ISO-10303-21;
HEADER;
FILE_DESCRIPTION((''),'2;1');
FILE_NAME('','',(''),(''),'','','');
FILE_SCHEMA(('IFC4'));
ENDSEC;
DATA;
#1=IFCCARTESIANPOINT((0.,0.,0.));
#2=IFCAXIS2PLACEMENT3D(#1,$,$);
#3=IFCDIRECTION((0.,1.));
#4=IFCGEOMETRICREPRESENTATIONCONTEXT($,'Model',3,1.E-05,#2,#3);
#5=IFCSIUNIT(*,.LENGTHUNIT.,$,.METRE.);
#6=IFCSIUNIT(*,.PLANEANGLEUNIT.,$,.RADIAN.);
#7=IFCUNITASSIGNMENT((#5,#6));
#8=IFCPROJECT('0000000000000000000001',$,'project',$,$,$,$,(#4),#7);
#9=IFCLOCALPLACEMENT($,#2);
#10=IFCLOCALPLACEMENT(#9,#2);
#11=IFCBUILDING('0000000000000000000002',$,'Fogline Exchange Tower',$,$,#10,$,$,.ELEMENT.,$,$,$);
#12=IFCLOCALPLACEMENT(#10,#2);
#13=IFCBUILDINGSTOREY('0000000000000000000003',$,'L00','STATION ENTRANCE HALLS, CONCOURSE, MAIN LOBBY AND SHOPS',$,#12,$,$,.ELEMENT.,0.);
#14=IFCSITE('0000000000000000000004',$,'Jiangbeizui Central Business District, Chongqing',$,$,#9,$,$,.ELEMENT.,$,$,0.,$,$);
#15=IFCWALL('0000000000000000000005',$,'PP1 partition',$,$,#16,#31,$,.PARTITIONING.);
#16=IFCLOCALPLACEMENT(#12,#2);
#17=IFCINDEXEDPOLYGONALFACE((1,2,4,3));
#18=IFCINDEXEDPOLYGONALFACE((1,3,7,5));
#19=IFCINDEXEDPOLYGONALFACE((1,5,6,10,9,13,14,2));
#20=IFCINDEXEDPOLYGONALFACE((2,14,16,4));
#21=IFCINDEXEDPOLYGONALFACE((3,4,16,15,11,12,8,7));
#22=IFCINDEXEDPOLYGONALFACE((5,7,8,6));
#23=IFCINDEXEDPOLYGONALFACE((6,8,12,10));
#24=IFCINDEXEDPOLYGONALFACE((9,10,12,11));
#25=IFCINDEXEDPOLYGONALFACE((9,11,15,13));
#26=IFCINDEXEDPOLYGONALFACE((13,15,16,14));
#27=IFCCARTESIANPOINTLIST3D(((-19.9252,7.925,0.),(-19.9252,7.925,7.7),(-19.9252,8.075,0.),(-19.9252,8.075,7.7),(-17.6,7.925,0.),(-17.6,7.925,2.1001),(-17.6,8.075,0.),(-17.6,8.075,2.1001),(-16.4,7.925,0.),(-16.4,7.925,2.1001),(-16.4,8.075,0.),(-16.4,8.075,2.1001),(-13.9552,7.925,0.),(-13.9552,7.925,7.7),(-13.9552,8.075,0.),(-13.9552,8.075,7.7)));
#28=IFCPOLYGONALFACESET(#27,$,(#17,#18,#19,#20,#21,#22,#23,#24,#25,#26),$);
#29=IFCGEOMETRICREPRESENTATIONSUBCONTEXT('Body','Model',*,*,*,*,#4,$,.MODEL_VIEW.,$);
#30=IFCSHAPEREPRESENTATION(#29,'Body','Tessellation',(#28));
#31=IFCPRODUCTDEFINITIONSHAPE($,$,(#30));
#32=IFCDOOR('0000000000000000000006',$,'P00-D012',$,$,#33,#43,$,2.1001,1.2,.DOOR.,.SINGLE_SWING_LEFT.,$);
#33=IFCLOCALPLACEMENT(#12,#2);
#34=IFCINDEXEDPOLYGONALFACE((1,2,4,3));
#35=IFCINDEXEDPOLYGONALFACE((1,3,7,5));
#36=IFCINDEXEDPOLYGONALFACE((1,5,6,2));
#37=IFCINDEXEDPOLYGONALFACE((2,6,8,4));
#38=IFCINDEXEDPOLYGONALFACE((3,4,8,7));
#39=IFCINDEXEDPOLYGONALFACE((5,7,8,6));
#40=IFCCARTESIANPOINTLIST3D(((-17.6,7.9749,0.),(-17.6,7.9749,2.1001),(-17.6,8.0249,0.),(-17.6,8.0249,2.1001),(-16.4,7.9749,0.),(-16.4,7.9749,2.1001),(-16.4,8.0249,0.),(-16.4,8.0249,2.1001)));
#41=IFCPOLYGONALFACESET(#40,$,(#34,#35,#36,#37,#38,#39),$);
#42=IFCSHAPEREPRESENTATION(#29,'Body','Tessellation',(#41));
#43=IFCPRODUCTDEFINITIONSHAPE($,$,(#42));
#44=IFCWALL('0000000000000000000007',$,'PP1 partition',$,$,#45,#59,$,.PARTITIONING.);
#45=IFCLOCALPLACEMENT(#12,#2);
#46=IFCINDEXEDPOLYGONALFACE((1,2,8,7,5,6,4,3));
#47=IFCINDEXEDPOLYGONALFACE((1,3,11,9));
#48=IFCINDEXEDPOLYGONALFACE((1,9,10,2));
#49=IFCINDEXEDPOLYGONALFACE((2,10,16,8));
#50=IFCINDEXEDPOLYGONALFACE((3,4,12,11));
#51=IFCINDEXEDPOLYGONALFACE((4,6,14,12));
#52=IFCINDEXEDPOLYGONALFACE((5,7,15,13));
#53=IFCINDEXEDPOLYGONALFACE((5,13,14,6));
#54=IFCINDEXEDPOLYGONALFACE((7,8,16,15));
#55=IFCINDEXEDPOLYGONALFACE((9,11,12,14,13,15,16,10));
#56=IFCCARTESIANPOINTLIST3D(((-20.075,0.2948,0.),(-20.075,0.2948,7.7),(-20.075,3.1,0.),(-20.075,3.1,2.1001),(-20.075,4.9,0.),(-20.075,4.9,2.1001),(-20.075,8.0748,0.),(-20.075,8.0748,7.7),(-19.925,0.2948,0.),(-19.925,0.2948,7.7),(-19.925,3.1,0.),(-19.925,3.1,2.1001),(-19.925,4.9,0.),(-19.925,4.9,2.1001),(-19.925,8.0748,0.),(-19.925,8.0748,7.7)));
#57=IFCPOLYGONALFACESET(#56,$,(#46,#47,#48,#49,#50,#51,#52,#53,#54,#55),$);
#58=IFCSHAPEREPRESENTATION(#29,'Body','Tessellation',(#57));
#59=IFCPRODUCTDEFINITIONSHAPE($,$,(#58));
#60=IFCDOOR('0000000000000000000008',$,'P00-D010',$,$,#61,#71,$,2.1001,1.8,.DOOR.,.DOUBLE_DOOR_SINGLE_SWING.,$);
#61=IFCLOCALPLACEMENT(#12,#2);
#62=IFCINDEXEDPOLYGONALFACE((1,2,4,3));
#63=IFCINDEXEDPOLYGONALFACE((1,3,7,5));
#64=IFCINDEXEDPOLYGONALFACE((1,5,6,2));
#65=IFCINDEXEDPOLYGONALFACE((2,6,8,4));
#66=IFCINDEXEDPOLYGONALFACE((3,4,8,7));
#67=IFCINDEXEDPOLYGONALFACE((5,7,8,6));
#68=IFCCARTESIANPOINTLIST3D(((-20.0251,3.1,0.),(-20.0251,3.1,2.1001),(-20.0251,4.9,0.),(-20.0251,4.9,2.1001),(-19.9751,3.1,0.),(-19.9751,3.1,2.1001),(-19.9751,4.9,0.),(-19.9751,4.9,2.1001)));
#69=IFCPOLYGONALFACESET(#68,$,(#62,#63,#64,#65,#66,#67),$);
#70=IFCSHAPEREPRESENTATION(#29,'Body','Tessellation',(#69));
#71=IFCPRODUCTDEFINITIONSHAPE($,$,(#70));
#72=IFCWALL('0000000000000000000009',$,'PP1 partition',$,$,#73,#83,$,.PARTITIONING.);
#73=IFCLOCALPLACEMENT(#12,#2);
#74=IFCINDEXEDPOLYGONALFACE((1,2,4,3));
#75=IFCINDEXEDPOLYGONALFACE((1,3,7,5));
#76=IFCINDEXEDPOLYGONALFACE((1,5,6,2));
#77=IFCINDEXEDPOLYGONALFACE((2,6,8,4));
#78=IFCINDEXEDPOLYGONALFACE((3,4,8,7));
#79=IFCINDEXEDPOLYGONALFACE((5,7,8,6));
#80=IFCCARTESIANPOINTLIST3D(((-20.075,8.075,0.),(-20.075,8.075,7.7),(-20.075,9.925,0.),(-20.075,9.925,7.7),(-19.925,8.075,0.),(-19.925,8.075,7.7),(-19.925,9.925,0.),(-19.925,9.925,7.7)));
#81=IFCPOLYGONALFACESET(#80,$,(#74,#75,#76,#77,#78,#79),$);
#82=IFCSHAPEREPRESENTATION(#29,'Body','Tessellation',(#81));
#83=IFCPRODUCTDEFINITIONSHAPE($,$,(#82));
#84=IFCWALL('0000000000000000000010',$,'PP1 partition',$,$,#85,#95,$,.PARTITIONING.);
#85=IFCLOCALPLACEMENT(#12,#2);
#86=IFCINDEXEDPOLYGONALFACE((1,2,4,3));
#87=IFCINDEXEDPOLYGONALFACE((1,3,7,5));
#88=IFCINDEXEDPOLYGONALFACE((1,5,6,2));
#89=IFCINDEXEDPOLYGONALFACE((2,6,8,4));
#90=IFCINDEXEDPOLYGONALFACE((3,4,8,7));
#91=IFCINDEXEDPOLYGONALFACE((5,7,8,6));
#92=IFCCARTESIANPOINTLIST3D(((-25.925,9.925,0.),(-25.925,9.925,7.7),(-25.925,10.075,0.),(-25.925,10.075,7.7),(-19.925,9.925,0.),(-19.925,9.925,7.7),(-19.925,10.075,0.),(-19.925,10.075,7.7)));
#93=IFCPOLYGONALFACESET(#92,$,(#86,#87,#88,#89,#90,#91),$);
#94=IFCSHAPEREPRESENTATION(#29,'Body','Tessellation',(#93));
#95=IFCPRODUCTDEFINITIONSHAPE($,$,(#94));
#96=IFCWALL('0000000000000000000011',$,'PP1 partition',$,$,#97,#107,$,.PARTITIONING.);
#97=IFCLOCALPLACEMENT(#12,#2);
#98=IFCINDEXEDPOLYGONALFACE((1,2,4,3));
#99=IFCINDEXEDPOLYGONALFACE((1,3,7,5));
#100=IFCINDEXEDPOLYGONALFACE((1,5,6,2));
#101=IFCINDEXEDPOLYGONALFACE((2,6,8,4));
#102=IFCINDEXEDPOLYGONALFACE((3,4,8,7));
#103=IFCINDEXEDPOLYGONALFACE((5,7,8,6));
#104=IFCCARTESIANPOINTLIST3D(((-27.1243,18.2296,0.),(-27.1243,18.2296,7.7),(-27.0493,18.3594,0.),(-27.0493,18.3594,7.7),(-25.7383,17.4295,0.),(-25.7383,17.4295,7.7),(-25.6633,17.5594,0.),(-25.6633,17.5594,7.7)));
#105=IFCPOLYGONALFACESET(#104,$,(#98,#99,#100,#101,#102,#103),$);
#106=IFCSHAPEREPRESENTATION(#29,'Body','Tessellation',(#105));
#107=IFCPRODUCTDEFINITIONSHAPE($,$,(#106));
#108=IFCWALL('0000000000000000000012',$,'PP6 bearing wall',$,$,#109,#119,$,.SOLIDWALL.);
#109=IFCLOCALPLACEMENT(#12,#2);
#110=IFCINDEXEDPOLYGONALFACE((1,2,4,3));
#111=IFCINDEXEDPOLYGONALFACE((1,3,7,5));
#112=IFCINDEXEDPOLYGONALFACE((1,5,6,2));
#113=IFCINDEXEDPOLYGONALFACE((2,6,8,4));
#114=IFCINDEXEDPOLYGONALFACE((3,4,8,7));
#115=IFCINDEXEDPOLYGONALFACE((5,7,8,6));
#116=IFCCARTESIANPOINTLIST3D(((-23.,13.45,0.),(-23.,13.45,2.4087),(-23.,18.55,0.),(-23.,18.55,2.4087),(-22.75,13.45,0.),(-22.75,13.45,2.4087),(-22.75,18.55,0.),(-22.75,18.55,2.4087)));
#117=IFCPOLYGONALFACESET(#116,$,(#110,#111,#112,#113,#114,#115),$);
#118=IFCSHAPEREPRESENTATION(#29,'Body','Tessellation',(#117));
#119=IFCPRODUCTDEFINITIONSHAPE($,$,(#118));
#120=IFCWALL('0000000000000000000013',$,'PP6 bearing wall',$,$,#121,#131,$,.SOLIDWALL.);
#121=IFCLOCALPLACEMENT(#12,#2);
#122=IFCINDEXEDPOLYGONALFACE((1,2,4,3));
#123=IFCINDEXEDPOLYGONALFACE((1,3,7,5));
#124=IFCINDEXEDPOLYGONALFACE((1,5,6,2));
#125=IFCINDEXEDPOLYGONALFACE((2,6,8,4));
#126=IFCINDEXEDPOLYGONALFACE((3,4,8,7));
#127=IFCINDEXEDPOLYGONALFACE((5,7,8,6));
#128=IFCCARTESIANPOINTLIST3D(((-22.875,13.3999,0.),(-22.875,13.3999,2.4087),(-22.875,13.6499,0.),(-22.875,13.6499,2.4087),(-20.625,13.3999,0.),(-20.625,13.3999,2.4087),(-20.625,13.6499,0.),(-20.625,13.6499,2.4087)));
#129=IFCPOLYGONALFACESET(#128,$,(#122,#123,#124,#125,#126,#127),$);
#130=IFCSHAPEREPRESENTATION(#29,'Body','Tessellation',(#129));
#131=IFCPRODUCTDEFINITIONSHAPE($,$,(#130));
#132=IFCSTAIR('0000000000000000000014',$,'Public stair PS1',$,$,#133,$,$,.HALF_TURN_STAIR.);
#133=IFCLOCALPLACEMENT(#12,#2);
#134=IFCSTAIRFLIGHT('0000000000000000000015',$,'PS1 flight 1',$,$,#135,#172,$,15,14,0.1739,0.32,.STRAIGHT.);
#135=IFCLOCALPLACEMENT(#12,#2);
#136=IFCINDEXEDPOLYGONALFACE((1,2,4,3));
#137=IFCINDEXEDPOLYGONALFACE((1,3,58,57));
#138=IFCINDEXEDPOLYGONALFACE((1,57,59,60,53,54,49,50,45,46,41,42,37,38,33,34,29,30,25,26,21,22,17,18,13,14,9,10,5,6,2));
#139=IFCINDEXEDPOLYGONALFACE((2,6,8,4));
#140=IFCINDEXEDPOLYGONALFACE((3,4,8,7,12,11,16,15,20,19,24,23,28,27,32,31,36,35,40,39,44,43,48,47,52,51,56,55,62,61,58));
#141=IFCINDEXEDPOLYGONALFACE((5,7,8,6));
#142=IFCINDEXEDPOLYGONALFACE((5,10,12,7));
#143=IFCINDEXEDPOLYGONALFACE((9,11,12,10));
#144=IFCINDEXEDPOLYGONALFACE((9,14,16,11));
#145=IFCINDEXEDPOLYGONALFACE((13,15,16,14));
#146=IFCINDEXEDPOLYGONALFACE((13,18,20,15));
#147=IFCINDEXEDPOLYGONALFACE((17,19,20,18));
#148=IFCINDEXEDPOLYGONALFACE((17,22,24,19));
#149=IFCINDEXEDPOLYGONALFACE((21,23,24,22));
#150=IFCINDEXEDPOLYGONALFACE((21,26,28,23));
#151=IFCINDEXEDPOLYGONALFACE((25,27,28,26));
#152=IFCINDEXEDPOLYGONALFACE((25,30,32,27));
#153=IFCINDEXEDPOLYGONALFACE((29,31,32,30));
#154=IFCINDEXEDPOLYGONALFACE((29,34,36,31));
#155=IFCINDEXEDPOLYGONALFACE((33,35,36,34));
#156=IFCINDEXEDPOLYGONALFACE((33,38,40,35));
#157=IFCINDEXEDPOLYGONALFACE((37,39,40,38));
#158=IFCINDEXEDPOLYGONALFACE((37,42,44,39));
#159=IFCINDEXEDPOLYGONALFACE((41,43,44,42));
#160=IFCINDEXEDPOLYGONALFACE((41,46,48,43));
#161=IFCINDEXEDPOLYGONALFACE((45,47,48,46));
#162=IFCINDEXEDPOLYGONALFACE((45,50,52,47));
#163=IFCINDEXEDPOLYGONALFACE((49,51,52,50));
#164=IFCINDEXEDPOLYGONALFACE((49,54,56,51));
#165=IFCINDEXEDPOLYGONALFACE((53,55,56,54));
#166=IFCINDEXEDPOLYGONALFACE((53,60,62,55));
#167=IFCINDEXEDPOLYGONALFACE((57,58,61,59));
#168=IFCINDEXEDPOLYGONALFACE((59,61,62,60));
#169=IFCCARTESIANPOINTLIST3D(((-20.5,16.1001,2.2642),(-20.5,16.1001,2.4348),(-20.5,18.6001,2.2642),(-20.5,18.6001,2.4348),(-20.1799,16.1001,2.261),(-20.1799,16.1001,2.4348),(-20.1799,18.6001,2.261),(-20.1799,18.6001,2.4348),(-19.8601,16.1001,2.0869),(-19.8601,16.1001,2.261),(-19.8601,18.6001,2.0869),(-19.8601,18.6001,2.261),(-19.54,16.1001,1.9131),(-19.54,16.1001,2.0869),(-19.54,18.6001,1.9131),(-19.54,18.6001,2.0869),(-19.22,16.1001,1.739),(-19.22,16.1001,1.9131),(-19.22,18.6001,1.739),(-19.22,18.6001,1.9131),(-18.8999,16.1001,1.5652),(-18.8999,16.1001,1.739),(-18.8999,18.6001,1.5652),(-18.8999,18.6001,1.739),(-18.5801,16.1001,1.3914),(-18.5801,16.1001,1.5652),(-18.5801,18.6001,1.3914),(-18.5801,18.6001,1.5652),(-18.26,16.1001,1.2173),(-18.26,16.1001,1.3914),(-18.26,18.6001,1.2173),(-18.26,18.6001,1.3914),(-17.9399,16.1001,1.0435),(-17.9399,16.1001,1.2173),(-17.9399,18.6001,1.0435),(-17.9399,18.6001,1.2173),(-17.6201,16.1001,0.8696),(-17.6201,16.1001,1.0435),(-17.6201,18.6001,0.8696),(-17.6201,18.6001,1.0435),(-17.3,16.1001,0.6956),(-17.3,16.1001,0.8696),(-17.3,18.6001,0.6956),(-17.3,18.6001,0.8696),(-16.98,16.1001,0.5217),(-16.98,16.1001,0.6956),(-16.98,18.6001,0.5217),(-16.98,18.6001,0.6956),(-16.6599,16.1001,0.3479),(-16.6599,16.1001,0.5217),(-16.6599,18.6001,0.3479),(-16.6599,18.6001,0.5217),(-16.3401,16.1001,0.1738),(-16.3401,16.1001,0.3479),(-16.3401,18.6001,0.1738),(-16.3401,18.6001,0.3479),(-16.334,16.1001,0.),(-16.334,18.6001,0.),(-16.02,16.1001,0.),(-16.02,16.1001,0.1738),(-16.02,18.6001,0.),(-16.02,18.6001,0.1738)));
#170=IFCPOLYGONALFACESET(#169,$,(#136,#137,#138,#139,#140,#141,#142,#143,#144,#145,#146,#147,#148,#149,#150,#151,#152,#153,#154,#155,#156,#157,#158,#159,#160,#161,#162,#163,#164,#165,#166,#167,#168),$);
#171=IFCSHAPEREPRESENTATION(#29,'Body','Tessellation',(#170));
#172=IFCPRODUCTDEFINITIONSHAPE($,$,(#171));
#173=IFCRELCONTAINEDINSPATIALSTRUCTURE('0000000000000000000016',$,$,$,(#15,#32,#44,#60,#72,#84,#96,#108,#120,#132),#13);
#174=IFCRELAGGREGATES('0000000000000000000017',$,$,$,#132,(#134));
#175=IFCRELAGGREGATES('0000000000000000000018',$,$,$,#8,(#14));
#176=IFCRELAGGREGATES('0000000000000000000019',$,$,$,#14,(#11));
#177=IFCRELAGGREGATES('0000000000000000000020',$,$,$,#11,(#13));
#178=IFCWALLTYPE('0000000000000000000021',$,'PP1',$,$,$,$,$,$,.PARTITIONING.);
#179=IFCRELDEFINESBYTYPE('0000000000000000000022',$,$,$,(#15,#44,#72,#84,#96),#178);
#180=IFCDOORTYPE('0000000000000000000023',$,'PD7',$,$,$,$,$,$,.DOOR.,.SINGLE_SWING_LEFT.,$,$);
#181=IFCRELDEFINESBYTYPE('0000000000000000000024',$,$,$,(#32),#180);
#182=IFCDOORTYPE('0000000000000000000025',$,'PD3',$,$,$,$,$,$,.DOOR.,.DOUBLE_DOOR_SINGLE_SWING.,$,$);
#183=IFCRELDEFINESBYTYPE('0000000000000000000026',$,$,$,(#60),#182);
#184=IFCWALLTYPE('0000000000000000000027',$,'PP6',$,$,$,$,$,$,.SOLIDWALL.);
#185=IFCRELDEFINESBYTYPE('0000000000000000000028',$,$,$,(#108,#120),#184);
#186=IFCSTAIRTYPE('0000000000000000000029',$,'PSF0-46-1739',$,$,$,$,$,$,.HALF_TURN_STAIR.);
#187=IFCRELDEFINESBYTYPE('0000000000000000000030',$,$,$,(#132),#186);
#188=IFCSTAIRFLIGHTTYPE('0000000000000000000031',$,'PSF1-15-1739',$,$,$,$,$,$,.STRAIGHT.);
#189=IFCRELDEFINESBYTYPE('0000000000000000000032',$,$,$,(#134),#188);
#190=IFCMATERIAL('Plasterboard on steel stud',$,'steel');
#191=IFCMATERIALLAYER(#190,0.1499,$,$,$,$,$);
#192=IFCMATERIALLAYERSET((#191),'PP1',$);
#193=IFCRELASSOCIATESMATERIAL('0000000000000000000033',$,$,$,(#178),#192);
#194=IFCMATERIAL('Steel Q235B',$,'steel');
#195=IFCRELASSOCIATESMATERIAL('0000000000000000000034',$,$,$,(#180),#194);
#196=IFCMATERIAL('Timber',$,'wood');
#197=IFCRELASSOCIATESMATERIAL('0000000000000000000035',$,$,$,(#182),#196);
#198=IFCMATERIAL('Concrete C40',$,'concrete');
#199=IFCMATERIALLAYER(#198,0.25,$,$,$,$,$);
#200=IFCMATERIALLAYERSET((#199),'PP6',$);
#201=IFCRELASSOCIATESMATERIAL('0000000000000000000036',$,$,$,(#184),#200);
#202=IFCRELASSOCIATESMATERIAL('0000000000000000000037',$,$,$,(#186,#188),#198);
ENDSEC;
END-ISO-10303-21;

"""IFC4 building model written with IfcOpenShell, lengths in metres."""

from ifc_helpers import new_model, si_unit, direction, frame, frame_2d, origin, place, context, subcontext, project, spatial, polyline, rectangle, outline, extrude, material, layer, layer_set, type_object, element, fill, aggregate, save


model = new_model("IFC4")

# Units and contexts
model_context = context("Model", 3, precision=1e-05, world=origin(), true_north=direction((0.0, 1.0)))
body_context = subcontext(model_context, "Body", "Model", "MODEL_VIEW")
ifc_project = project(units=[si_unit("LENGTHUNIT", "METRE"), si_unit("PLANEANGLEUNIT", "RADIAN")], contexts=[model_context])

# Site, building, storey
site_placement = place(None, origin())
site = spatial("IfcSite", under=ifc_project, at=site_placement, Name="Jiangbeizui Central Business District, Chongqing", CompositionType="ELEMENT", RefElevation=0.0)
building_placement = place(site_placement, origin())
building = spatial("IfcBuilding", under=site, at=building_placement, Name="Fogline Exchange Tower", CompositionType="ELEMENT")
storey_placement = place(building_placement, origin())
storey = spatial("IfcBuildingStorey", under=building, at=storey_placement, Name="L00", Description="STATION ENTRANCE HALLS, CONCOURSE, MAIN LOBBY AND SHOPS", CompositionType="ELEMENT", Elevation=0.0)

# Walls, openings, doors
ifc_material_1 = material(Name="Plasterboard on steel stud", Category="steel")
ifc_layer_1 = layer(ifc_material_1, 0.1499)
ifc_layer_set_1 = layer_set([ifc_layer_1], Name="PP1")
wall_type_1 = type_object("IfcWallType", Name="PP1", PredefinedType="PARTITIONING", material=ifc_layer_set_1)
wall_1_placement = place(storey_placement, frame((-19.925, 8.0, 0.0), z_axis=(0.0, 0.0, 1.0), x_axis=(1.0, 0.0, 0.0)))
wall_1 = element("IfcWall", 1, at=wall_1_placement, inside=storey, type_object=wall_type_1, Name="PP1 partition", PredefinedType="PARTITIONING", context=body_context, shape_type="SweptSolid", body=[
    extrude(rectangle(XDim=5.97, YDim=0.1499, at=frame_2d((2.9849, 0.0))), origin(), (0.0, 0.0, 1.0), 7.7),
])
opening_1_placement = place(wall_1_placement, frame((2.325, 0.0, 0.0)))
opening_1 = element("IfcOpeningElement", 2, at=opening_1_placement, cuts=wall_1, PredefinedType="OPENING", context=body_context, shape_type="SweptSolid", body=[
    extrude(rectangle(XDim=1.2, YDim=2.1001, at=frame_2d((0.6001, 1.05))), frame((0.0, 0.085, 0.0), z_axis=(0.0, -1.0, 0.0), x_axis=(1.0, 0.0, 0.0)), (0.0, 0.0, 1.0), 0.1699),
])
ifc_material_2 = material(Name="Steel Q235B", Category="steel")
door_type_1 = type_object("IfcDoorType", Name="PD7", OperationType="SINGLE_SWING_LEFT", PredefinedType="DOOR", material=ifc_material_2)
door_1_placement = place(opening_1_placement, origin())
door_1 = element("IfcDoor", 3, at=door_1_placement, inside=storey, type_object=door_type_1, Name="P00-D012", OperationType="SINGLE_SWING_LEFT", OverallHeight=2.1001, OverallWidth=1.2, PredefinedType="DOOR", context=body_context, shape_type="SweptSolid", body=[
    extrude(rectangle(XDim=1.2, YDim=2.1001, at=frame_2d((0.6001, 1.05))), frame((0.0, 0.0249, 0.0), z_axis=(0.0, -1.0, 0.0), x_axis=(1.0, 0.0, 0.0)), (0.0, 0.0, 1.0), 0.05),
])
fill(opening_1, door_1)
wall_2_placement = place(storey_placement, frame((-20.0, 8.075, 0.0), z_axis=(0.0, 0.0, 1.0), x_axis=(0.0, -1.0, 0.0)))
wall_2 = element("IfcWall", 4, at=wall_2_placement, inside=storey, type_object=wall_type_1, Name="PP1 partition", PredefinedType="PARTITIONING", context=body_context, shape_type="SweptSolid", body=[
    extrude(rectangle(XDim=7.78, YDim=0.1499, at=frame_2d((3.8901, 0.0))), origin(), (0.0, 0.0, 1.0), 7.7),
])
opening_2_placement = place(wall_2_placement, frame((3.175, 0.0, 0.0)))
opening_2 = element("IfcOpeningElement", 5, at=opening_2_placement, cuts=wall_2, PredefinedType="OPENING", context=body_context, shape_type="SweptSolid", body=[
    extrude(rectangle(XDim=1.8, YDim=2.1001, at=frame_2d((0.8999, 1.05))), frame((0.0, 0.085, 0.0), z_axis=(0.0, -1.0, 0.0), x_axis=(1.0, 0.0, 0.0)), (0.0, 0.0, 1.0), 0.1699),
])
ifc_material_3 = material(Name="Timber", Category="wood")
door_type_2 = type_object("IfcDoorType", Name="PD3", OperationType="DOUBLE_DOOR_SINGLE_SWING", PredefinedType="DOOR", material=ifc_material_3)
door_2_placement = place(opening_2_placement, origin())
door_2 = element("IfcDoor", 6, at=door_2_placement, inside=storey, type_object=door_type_2, Name="P00-D010", OperationType="DOUBLE_DOOR_SINGLE_SWING", OverallHeight=2.1001, OverallWidth=1.8, PredefinedType="DOOR", context=body_context, shape_type="SweptSolid", body=[
    extrude(rectangle(XDim=1.8, YDim=2.1001, at=frame_2d((0.8999, 1.05))), frame((0.0, 0.0249, 0.0), z_axis=(0.0, -1.0, 0.0), x_axis=(1.0, 0.0, 0.0)), (0.0, 0.0, 1.0), 0.05),
])
fill(opening_2, door_2)

# Walls
wall_3_placement = place(storey_placement, frame((-20.0, 9.925, 0.0), z_axis=(0.0, 0.0, 1.0), x_axis=(0.0, -1.0, 0.0)))
element("IfcWall", 7, at=wall_3_placement, inside=storey, type_object=wall_type_1, Name="PP1 partition", PredefinedType="PARTITIONING", context=body_context, shape_type="SweptSolid", body=[
    extrude(rectangle(XDim=1.8501, YDim=0.1499, at=frame_2d((0.925, 0.0))), origin(), (0.0, 0.0, 1.0), 7.7),
])
wall_4_placement = place(storey_placement, frame((-25.925, 10.0, 0.0), z_axis=(0.0, 0.0, 1.0), x_axis=(1.0, 0.0, 0.0)))
element("IfcWall", 8, at=wall_4_placement, inside=storey, type_object=wall_type_1, Name="PP1 partition", PredefinedType="PARTITIONING", context=body_context, shape_type="SweptSolid", body=[
    extrude(rectangle(XDim=6.0, YDim=0.1499, at=frame_2d((3.0, 0.0))), origin(), (0.0, 0.0, 1.0), 7.7),
])
wall_5_placement = place(storey_placement, frame((-25.7007, 17.4944, 0.0), z_axis=(0.0, 0.0, 1.0), x_axis=(-0.866066, 0.499929, 0.0)))
element("IfcWall", 9, at=wall_5_placement, inside=storey, type_object=wall_type_1, Name="PP1 partition", PredefinedType="PARTITIONING", context=body_context, shape_type="SweptSolid", body=[
    extrude(rectangle(XDim=1.6003, YDim=0.1499, at=frame_2d((0.8003, 0.0))), origin(), (0.0, 0.0, 1.0), 7.7),
])
ifc_material_4 = material(Name="Concrete C40", Category="concrete")
ifc_layer_2 = layer(ifc_material_4, 0.25)
ifc_layer_set_2 = layer_set([ifc_layer_2], Name="PP6")
wall_type_2 = type_object("IfcWallType", Name="PP6", PredefinedType="SOLIDWALL", material=ifc_layer_set_2)
wall_6_placement = place(storey_placement, frame((-22.875, 13.45, 0.0), z_axis=(0.0, 0.0, 1.0), x_axis=(0.0, 1.0, 0.0)))
element("IfcWall", 10, at=wall_6_placement, inside=storey, type_object=wall_type_2, Name="PP6 bearing wall", PredefinedType="SOLIDWALL", context=body_context, shape_type="SweptSolid", body=[
    extrude(rectangle(XDim=5.1001, YDim=0.25, at=frame_2d((2.55, 0.0))), origin(), (0.0, 0.0, 1.0), 2.4087),
])
wall_7_placement = place(storey_placement, frame((-22.875, 13.5249, 0.0), z_axis=(0.0, 0.0, 1.0), x_axis=(1.0, 0.0, 0.0)))
element("IfcWall", 11, at=wall_7_placement, inside=storey, type_object=wall_type_2, Name="PP6 bearing wall", PredefinedType="SOLIDWALL", context=body_context, shape_type="SweptSolid", body=[
    extrude(rectangle(XDim=2.25, YDim=0.25, at=frame_2d((1.125, 0.0))), origin(), (0.0, 0.0, 1.0), 2.4087),
])

# Stair, stair flight
stair_type = type_object("IfcStairType", Name="PSF0-46-1739", PredefinedType="HALF_TURN_STAIR", material=ifc_material_4)
stair_placement = place(storey_placement, origin())
stair = element("IfcStair", 12, at=stair_placement, inside=storey, type_object=stair_type, Name="Public stair PS1", PredefinedType="HALF_TURN_STAIR")
stair_flight_type_1 = type_object("IfcStairFlightType", Name="PSF1-15-1739", PredefinedType="STRAIGHT", material=ifc_material_4)
stair_flight_1_placement = place(storey_placement, frame((-16.02, 17.3501, 0.0), z_axis=(0.0, 0.0, 1.0), x_axis=(-1.0, 0.0, 0.0)))
stair_flight_1 = element("IfcStairFlight", 13, at=stair_flight_1_placement, type_object=stair_flight_type_1, Name="PS1 flight 1", NumberOfRisers=15, NumberOfTreads=14, PredefinedType="STRAIGHT", RiserHeight=0.1739, TreadLength=0.32, context=body_context, shape_type="SweptSolid", body=[
    extrude(outline(polyline([(0.0, 0.0), (0.0, 0.1738), (0.3201, 0.1738), (0.3201, 0.3479), (0.6399, 0.3479), (0.6399, 0.5217), (0.96, 0.5217), (0.96, 0.6956), (1.28, 0.6956), (1.28, 0.8696), (1.6001, 0.8696), (1.6001, 1.0435), (1.9199, 1.0435), (1.9199, 1.2173), (2.24, 1.2173), (2.24, 1.3914), (2.5601, 1.3914), (2.5601, 1.5652), (2.8799, 1.5652), (2.8799, 1.739), (3.2, 1.739), (3.2, 1.9131), (3.52, 1.9131), (3.52, 2.0869), (3.8401, 2.0869), (3.8401, 2.261), (4.1599, 2.261), (4.1599, 2.4348), (4.48, 2.4348), (4.48, 2.6086), (4.48, 2.2642), (0.314, 0.0), (0.0, 0.0)])), frame((0.0, 1.25, 0.0), z_axis=(0.0, -1.0, 0.0), x_axis=(1.0, 0.0, 0.0)), (0.0, 0.0, 1.0), 2.5),
])
aggregate(stair, [stair_flight_1])

save(model, "model.ifc")
